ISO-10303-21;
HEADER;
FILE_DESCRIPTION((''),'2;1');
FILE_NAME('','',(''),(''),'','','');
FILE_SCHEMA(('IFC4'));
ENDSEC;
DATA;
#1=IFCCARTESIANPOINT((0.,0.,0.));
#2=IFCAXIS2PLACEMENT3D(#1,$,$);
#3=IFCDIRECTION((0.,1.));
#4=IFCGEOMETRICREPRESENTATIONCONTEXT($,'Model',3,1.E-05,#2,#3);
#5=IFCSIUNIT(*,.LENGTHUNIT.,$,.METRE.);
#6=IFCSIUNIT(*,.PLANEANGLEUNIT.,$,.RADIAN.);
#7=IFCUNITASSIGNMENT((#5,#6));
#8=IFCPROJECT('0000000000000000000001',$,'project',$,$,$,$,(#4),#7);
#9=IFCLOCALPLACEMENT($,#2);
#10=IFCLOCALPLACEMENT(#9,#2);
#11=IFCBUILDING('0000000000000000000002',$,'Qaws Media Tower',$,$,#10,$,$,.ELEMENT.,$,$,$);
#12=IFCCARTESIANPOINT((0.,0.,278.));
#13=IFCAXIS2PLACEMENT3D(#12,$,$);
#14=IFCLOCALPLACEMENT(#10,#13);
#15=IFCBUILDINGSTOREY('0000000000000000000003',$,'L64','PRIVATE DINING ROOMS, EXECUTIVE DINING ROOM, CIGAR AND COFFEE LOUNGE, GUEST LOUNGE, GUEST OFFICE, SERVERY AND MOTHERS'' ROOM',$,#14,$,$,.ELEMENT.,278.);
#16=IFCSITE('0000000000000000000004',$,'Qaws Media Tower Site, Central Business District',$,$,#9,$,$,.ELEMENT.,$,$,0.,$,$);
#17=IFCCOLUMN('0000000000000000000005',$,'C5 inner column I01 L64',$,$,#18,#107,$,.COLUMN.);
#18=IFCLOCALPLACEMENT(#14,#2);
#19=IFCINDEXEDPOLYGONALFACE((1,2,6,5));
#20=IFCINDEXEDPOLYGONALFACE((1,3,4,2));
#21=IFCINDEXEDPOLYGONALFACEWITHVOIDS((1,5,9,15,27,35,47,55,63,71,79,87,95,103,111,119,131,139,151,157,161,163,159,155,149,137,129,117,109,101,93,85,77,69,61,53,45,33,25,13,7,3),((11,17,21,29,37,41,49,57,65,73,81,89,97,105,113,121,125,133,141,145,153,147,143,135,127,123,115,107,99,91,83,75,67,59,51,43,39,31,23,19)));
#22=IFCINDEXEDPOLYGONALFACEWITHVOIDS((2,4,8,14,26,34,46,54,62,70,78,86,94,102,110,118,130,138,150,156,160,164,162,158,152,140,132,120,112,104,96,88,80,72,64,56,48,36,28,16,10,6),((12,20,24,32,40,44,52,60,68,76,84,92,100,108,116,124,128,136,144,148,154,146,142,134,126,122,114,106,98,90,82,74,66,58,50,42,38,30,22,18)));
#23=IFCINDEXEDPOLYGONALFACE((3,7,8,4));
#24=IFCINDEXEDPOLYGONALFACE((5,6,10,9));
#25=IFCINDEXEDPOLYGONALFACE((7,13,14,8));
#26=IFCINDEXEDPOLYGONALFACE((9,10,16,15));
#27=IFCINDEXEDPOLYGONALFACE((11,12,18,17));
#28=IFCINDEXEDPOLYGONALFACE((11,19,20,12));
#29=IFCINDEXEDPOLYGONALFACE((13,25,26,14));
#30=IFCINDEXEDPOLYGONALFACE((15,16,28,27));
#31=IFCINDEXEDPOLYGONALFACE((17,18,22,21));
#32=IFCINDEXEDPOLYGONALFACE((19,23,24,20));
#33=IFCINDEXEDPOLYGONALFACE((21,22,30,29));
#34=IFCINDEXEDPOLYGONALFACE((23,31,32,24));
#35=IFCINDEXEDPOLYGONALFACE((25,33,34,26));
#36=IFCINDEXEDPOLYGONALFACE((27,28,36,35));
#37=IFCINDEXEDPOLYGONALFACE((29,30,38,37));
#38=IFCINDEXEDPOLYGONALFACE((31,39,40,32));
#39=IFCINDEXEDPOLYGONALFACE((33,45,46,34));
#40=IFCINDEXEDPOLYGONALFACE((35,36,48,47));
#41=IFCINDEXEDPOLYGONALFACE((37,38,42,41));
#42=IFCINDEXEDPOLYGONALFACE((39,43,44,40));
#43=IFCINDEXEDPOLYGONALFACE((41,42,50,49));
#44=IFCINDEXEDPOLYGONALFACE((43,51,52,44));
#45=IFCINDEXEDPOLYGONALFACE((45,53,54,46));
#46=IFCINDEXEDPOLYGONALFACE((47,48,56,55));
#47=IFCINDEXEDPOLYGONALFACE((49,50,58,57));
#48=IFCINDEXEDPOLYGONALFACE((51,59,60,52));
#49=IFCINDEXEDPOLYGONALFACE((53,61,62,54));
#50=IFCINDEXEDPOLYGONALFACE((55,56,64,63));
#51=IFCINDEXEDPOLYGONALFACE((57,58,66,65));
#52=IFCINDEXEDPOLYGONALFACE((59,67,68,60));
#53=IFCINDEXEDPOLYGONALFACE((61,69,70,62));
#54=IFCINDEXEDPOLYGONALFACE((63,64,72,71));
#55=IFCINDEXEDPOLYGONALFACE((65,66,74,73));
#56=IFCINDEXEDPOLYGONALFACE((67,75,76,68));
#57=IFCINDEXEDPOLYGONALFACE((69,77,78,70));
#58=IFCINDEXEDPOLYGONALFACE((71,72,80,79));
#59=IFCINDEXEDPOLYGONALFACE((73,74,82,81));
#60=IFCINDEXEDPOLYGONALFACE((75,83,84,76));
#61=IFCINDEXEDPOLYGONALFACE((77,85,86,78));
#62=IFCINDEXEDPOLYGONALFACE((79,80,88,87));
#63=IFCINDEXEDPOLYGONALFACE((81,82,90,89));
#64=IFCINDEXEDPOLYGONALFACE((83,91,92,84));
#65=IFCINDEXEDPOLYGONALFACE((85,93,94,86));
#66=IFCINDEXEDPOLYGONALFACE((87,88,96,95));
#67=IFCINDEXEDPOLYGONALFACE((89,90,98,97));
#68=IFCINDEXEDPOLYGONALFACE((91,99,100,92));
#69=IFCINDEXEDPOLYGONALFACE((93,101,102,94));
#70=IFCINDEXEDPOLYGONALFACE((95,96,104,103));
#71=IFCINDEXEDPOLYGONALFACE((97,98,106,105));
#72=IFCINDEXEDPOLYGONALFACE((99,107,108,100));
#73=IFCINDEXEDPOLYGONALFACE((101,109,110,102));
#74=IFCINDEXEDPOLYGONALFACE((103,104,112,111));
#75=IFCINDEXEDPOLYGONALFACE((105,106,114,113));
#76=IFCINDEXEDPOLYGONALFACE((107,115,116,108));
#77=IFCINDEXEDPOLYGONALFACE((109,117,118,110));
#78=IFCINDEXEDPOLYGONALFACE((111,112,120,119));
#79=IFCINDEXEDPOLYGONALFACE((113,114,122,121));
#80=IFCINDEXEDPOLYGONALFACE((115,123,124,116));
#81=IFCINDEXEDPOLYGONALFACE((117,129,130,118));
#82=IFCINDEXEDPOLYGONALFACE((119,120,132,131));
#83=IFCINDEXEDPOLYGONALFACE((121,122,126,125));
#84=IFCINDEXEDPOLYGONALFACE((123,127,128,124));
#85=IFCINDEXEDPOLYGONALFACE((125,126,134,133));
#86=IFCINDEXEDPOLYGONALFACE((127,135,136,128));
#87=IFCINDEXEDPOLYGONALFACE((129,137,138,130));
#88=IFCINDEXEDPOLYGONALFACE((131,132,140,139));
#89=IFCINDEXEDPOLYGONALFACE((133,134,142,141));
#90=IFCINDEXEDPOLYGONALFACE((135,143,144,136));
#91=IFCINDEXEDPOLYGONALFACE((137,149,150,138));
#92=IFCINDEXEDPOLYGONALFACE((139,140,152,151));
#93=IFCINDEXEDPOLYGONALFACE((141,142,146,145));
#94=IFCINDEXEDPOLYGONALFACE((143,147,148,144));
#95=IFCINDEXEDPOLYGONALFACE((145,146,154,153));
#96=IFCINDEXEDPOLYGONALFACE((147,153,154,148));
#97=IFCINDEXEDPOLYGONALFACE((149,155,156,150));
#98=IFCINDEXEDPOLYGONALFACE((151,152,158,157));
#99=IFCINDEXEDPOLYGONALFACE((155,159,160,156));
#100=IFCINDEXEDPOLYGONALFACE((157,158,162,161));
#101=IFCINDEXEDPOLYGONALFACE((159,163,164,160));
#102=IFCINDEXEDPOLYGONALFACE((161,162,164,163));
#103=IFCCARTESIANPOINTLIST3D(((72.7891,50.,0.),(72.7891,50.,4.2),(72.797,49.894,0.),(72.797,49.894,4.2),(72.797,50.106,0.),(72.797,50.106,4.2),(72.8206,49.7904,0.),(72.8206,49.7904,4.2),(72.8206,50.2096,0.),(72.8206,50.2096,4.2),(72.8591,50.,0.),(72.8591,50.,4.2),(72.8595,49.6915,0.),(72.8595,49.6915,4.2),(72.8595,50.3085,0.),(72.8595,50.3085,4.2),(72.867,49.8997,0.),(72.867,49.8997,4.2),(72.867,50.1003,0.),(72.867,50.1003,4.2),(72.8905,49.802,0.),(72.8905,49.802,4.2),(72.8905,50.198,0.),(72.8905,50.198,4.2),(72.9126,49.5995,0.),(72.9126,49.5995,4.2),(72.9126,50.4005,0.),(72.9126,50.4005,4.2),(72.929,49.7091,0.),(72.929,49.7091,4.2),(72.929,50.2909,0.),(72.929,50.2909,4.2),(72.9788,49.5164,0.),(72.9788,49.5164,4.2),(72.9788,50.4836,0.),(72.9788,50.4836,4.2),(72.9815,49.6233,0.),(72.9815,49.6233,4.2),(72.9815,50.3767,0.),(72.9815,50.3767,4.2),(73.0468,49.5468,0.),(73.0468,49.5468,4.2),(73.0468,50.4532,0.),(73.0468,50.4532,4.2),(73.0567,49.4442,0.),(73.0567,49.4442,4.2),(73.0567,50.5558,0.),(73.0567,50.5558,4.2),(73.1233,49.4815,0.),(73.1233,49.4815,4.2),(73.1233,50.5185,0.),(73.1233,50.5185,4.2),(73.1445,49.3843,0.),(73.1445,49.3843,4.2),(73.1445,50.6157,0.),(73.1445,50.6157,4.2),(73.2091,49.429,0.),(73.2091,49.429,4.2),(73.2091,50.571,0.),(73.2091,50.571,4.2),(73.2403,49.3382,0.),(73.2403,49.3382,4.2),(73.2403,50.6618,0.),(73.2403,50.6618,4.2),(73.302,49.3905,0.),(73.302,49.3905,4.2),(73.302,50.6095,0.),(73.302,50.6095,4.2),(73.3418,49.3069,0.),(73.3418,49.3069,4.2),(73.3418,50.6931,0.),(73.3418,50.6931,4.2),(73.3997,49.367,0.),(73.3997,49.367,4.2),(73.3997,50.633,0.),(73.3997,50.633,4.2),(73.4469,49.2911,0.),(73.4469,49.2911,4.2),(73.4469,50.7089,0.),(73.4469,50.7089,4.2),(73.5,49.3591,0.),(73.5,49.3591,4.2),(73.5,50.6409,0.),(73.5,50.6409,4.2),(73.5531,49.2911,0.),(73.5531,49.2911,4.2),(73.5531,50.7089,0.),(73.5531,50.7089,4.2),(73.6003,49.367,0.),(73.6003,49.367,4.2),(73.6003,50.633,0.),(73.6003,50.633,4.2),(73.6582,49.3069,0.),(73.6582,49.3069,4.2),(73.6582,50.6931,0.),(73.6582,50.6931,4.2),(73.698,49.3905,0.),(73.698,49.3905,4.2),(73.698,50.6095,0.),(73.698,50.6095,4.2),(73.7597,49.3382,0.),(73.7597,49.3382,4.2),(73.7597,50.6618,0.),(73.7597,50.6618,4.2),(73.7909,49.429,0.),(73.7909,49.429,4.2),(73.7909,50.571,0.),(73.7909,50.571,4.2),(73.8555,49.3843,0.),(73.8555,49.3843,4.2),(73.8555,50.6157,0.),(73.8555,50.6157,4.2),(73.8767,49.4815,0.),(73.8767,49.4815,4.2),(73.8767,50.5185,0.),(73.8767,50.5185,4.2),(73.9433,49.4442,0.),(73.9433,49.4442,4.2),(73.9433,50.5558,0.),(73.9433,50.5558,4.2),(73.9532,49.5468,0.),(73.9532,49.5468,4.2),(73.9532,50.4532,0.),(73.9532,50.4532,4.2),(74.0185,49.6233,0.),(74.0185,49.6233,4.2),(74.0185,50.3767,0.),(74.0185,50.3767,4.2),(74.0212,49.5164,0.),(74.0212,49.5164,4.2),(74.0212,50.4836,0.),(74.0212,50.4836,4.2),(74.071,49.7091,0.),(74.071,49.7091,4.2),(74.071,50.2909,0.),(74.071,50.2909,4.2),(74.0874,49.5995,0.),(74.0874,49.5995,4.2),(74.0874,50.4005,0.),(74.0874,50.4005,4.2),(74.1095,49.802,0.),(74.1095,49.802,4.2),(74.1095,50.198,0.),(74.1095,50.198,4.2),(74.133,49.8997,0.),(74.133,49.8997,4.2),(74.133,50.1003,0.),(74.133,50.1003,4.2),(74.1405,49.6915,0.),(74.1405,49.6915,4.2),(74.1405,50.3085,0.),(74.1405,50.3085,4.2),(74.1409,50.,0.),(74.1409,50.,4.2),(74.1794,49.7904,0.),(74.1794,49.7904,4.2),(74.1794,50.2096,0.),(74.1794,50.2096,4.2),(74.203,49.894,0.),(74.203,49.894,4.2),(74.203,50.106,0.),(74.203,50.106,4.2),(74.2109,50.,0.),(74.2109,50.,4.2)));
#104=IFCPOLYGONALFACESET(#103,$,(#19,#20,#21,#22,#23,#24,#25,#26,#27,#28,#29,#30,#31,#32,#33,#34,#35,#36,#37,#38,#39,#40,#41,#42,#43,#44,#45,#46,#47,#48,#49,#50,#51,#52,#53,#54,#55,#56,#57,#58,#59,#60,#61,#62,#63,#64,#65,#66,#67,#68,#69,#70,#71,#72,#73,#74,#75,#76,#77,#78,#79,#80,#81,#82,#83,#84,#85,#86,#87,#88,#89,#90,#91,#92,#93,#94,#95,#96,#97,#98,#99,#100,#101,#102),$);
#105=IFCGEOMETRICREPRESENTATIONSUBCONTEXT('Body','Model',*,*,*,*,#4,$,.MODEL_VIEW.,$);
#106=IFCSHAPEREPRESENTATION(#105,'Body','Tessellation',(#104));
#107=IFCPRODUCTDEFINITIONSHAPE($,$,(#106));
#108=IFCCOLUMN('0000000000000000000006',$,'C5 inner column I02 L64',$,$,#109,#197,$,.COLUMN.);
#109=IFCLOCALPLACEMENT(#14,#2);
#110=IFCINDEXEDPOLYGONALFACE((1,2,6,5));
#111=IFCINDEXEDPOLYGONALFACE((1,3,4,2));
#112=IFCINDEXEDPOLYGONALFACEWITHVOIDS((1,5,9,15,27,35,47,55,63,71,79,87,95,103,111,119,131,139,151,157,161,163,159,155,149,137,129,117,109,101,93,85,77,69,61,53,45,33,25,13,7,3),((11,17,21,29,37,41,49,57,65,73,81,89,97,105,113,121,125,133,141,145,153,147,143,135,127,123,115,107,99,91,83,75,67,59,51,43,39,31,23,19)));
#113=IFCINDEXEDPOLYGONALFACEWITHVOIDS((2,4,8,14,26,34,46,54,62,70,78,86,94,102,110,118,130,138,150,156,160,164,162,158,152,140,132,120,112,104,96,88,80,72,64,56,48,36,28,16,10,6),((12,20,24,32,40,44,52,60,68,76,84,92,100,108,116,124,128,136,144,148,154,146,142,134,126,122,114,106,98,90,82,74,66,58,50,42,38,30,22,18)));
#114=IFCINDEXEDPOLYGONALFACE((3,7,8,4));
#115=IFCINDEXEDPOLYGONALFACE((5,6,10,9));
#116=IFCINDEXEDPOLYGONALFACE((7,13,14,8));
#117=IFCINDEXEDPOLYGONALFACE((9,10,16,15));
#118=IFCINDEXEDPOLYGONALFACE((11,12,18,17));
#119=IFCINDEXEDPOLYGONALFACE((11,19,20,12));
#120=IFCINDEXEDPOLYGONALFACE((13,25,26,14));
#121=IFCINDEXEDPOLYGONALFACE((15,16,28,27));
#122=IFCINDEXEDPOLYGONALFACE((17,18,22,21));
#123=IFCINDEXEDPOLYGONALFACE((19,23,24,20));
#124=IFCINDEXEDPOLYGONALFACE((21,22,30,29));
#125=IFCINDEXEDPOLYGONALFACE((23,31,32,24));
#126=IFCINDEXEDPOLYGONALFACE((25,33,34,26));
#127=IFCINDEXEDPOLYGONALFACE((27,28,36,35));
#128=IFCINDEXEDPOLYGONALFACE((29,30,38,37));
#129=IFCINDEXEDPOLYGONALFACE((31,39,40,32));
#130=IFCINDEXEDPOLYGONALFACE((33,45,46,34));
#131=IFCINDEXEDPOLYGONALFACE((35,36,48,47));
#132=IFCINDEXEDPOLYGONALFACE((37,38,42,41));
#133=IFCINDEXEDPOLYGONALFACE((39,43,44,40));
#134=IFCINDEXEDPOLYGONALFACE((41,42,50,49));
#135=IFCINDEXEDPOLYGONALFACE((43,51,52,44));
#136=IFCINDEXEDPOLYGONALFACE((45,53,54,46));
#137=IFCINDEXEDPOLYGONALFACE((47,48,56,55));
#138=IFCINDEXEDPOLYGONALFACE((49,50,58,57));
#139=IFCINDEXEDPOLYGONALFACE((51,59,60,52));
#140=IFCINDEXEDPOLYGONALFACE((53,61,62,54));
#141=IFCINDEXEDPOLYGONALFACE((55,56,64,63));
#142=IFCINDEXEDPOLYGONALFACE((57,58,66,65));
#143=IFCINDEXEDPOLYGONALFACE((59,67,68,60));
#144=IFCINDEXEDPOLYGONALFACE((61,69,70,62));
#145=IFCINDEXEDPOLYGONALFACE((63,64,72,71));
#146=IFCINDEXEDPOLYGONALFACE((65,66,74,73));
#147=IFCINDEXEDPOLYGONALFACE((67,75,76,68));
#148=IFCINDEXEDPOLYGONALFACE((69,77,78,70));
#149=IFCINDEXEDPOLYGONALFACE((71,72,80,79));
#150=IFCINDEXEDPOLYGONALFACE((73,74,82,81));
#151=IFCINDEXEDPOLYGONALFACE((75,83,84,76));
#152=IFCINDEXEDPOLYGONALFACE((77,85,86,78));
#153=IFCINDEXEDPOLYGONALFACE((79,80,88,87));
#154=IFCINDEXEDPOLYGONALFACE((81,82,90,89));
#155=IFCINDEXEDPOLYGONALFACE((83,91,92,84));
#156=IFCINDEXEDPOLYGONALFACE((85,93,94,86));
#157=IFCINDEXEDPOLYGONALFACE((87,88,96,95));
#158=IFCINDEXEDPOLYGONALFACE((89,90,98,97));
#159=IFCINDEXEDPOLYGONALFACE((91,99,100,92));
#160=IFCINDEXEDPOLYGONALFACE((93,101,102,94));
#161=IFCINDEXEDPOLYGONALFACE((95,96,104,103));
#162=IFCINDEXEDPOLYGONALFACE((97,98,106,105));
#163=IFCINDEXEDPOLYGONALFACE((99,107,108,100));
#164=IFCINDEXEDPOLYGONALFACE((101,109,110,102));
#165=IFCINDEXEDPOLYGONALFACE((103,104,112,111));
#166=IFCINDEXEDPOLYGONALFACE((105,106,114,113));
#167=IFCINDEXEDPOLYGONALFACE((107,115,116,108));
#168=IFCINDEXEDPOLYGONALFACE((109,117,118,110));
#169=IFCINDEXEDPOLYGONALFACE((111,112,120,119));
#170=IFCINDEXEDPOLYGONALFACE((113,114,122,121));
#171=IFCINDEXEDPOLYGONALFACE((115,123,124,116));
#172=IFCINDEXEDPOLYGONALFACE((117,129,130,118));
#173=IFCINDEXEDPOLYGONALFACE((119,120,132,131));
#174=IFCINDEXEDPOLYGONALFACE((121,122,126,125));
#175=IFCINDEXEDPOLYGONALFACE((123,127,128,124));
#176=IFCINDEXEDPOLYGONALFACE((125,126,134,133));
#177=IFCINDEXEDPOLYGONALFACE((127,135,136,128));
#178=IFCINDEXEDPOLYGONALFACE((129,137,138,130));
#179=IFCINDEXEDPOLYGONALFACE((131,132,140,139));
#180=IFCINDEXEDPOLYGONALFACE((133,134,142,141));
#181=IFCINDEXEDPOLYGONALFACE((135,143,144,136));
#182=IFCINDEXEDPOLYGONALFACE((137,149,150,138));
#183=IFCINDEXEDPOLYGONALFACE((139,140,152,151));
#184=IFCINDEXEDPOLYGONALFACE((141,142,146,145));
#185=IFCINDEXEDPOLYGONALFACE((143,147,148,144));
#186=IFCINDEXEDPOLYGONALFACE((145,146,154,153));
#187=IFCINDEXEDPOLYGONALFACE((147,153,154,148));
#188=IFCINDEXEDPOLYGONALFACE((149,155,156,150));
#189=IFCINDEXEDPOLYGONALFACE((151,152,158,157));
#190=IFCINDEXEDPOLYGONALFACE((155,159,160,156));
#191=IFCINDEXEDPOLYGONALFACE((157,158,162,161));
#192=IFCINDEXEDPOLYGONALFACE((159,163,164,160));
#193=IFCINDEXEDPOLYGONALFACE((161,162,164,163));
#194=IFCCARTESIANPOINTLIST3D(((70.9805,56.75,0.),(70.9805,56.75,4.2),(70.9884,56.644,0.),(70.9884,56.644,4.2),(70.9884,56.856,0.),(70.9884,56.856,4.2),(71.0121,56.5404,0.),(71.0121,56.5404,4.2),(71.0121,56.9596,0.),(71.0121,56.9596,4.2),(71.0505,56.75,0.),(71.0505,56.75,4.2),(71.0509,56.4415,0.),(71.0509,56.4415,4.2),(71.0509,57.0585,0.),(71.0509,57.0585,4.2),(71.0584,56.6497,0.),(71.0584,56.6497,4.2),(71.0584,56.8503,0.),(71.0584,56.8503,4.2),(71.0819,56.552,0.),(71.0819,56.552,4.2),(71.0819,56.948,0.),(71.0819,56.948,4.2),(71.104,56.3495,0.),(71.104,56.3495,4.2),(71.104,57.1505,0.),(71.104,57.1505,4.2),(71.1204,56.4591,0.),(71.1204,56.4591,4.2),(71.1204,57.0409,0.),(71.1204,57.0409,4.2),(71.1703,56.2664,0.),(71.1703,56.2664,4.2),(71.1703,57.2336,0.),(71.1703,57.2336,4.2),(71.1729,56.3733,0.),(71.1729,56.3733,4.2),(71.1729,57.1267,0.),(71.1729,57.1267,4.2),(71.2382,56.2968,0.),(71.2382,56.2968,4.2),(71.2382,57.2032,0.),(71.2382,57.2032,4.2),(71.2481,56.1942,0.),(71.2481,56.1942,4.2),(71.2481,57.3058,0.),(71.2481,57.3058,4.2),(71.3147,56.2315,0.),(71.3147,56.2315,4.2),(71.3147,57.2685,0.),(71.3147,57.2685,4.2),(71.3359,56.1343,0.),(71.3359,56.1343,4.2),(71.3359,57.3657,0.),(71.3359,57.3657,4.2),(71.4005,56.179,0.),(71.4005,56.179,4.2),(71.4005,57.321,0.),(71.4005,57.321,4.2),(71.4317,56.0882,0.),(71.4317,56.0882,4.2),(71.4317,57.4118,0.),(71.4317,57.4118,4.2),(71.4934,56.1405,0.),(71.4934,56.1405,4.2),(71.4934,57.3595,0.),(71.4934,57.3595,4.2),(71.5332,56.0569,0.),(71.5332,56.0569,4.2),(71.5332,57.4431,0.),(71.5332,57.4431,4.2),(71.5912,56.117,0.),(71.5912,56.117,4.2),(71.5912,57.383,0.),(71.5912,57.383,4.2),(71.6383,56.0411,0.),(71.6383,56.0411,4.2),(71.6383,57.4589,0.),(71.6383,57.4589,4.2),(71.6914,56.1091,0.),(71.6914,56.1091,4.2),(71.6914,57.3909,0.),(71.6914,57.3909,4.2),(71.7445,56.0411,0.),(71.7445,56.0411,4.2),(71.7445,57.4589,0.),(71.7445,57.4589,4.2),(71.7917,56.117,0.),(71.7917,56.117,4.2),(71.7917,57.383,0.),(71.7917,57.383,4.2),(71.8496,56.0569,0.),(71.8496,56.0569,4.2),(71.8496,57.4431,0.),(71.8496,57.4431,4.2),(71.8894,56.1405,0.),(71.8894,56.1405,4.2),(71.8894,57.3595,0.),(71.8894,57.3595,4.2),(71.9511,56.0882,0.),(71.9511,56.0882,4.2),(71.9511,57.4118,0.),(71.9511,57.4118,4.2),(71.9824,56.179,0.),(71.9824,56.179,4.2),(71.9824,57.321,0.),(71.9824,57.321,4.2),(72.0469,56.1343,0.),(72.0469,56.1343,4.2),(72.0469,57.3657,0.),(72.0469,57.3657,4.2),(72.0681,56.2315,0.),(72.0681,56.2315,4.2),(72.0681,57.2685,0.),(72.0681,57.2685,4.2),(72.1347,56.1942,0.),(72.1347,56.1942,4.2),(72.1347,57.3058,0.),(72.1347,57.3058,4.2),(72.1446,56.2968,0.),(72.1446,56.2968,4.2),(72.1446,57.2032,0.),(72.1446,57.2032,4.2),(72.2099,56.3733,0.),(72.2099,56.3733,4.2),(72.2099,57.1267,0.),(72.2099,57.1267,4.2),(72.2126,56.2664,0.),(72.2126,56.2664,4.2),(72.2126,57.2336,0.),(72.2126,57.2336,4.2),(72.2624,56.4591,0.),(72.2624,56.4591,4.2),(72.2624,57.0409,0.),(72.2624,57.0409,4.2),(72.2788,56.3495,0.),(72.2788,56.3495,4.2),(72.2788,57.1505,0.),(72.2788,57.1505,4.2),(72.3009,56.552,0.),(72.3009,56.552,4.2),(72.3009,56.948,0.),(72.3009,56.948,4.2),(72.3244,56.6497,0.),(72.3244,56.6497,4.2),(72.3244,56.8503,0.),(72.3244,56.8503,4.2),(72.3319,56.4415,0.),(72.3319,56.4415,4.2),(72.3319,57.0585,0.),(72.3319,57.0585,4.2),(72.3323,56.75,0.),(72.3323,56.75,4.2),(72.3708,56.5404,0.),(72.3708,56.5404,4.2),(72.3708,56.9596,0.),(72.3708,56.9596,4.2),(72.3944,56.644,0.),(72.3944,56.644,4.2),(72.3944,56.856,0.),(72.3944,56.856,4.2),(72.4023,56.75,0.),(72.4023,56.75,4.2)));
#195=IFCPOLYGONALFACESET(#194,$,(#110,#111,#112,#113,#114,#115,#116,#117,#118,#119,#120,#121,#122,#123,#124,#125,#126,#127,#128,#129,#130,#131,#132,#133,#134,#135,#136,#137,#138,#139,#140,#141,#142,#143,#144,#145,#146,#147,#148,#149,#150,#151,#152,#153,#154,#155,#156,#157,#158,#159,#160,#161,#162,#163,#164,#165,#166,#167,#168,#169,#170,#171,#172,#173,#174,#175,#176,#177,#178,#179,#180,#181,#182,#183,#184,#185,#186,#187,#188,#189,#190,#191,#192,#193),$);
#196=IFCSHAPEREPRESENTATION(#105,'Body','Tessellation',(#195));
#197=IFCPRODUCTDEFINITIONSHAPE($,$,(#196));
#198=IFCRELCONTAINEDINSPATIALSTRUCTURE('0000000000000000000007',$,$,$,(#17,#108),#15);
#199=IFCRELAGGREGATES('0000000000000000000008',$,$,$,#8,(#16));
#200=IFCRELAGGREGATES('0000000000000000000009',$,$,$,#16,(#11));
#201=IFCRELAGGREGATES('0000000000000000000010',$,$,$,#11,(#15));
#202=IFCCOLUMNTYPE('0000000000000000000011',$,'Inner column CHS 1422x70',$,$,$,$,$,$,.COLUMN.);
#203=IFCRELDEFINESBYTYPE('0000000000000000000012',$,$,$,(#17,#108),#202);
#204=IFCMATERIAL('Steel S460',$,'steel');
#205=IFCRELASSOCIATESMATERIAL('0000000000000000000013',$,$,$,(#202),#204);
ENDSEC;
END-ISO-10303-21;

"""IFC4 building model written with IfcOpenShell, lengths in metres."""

from ifc_helpers import new_model, si_unit, direction, frame, origin, origin_2d, place, context, subcontext, project, spatial, hollow_circle, extrude, material, material_profile, profile_set, type_object, element, save


model = new_model("IFC4")

# Units and contexts
model_context = context("Model", 3, precision=1e-05, world=origin(), true_north=direction((0.0, 1.0)))
body_context = subcontext(model_context, "Body", "Model", "MODEL_VIEW")
ifc_project = project(units=[si_unit("LENGTHUNIT", "METRE"), si_unit("PLANEANGLEUNIT", "RADIAN")], contexts=[model_context])

# Site, building, storey
site_placement = place(None, origin())
site = spatial("IfcSite", under=ifc_project, at=site_placement, Name="Qaws Media Tower Site, Central Business District", CompositionType="ELEMENT", RefElevation=0.0)
building_placement = place(site_placement, origin())
building = spatial("IfcBuilding", under=site, at=building_placement, Name="Qaws Media Tower", CompositionType="ELEMENT")
storey_placement = place(building_placement, frame((0.0, 0.0, 278.0)))
storey = spatial("IfcBuildingStorey", under=building, at=storey_placement, Name="L64", Description="PRIVATE DINING ROOMS, EXECUTIVE DINING ROOM, CIGAR AND COFFEE LOUNGE, GUEST LOUNGE, GUEST OFFICE, SERVERY AND MOTHERS' ROOM", CompositionType="ELEMENT", Elevation=278.0)

# Columns
ifc_material_1 = material(Name="Steel S460", Category="steel")
ifc_material_profile_1 = material_profile(ifc_material_1, hollow_circle(Radius=0.7109, WallThickness=0.0701, at=origin_2d()), Name="CHS 1422x70")
ifc_profile_set_1 = profile_set([ifc_material_profile_1], Name="Steel S460")
column_type = type_object("IfcColumnType", Name="Inner column CHS 1422x70", PredefinedType="COLUMN", material=ifc_profile_set_1)
for number, where, z_axis, x_axis, name in (
    (1, (73.5, 50.0, 0.0), (0.0, 0.0, 1.0), (1.0, 0.0, 0.0), "C5 inner column I01 L64"),
    (2, (71.6914, 56.75, 0.0), (0.0, 0.0, 1.0), (1.0, 0.0, 0.0), "C5 inner column I02 L64"),
):
    element("IfcColumn", number, at=place(storey_placement, frame(where, z_axis=z_axis, x_axis=x_axis)), inside=storey, type_object=column_type, Name=name, PredefinedType="COLUMN", context=body_context, shape_type="SweptSolid", body=[
        extrude(hollow_circle(Radius=0.7109, WallThickness=0.0701, at=origin_2d()), origin(), (0.0, 0.0, 1.0), 4.2),
    ])

save(model, "model.ifc")
